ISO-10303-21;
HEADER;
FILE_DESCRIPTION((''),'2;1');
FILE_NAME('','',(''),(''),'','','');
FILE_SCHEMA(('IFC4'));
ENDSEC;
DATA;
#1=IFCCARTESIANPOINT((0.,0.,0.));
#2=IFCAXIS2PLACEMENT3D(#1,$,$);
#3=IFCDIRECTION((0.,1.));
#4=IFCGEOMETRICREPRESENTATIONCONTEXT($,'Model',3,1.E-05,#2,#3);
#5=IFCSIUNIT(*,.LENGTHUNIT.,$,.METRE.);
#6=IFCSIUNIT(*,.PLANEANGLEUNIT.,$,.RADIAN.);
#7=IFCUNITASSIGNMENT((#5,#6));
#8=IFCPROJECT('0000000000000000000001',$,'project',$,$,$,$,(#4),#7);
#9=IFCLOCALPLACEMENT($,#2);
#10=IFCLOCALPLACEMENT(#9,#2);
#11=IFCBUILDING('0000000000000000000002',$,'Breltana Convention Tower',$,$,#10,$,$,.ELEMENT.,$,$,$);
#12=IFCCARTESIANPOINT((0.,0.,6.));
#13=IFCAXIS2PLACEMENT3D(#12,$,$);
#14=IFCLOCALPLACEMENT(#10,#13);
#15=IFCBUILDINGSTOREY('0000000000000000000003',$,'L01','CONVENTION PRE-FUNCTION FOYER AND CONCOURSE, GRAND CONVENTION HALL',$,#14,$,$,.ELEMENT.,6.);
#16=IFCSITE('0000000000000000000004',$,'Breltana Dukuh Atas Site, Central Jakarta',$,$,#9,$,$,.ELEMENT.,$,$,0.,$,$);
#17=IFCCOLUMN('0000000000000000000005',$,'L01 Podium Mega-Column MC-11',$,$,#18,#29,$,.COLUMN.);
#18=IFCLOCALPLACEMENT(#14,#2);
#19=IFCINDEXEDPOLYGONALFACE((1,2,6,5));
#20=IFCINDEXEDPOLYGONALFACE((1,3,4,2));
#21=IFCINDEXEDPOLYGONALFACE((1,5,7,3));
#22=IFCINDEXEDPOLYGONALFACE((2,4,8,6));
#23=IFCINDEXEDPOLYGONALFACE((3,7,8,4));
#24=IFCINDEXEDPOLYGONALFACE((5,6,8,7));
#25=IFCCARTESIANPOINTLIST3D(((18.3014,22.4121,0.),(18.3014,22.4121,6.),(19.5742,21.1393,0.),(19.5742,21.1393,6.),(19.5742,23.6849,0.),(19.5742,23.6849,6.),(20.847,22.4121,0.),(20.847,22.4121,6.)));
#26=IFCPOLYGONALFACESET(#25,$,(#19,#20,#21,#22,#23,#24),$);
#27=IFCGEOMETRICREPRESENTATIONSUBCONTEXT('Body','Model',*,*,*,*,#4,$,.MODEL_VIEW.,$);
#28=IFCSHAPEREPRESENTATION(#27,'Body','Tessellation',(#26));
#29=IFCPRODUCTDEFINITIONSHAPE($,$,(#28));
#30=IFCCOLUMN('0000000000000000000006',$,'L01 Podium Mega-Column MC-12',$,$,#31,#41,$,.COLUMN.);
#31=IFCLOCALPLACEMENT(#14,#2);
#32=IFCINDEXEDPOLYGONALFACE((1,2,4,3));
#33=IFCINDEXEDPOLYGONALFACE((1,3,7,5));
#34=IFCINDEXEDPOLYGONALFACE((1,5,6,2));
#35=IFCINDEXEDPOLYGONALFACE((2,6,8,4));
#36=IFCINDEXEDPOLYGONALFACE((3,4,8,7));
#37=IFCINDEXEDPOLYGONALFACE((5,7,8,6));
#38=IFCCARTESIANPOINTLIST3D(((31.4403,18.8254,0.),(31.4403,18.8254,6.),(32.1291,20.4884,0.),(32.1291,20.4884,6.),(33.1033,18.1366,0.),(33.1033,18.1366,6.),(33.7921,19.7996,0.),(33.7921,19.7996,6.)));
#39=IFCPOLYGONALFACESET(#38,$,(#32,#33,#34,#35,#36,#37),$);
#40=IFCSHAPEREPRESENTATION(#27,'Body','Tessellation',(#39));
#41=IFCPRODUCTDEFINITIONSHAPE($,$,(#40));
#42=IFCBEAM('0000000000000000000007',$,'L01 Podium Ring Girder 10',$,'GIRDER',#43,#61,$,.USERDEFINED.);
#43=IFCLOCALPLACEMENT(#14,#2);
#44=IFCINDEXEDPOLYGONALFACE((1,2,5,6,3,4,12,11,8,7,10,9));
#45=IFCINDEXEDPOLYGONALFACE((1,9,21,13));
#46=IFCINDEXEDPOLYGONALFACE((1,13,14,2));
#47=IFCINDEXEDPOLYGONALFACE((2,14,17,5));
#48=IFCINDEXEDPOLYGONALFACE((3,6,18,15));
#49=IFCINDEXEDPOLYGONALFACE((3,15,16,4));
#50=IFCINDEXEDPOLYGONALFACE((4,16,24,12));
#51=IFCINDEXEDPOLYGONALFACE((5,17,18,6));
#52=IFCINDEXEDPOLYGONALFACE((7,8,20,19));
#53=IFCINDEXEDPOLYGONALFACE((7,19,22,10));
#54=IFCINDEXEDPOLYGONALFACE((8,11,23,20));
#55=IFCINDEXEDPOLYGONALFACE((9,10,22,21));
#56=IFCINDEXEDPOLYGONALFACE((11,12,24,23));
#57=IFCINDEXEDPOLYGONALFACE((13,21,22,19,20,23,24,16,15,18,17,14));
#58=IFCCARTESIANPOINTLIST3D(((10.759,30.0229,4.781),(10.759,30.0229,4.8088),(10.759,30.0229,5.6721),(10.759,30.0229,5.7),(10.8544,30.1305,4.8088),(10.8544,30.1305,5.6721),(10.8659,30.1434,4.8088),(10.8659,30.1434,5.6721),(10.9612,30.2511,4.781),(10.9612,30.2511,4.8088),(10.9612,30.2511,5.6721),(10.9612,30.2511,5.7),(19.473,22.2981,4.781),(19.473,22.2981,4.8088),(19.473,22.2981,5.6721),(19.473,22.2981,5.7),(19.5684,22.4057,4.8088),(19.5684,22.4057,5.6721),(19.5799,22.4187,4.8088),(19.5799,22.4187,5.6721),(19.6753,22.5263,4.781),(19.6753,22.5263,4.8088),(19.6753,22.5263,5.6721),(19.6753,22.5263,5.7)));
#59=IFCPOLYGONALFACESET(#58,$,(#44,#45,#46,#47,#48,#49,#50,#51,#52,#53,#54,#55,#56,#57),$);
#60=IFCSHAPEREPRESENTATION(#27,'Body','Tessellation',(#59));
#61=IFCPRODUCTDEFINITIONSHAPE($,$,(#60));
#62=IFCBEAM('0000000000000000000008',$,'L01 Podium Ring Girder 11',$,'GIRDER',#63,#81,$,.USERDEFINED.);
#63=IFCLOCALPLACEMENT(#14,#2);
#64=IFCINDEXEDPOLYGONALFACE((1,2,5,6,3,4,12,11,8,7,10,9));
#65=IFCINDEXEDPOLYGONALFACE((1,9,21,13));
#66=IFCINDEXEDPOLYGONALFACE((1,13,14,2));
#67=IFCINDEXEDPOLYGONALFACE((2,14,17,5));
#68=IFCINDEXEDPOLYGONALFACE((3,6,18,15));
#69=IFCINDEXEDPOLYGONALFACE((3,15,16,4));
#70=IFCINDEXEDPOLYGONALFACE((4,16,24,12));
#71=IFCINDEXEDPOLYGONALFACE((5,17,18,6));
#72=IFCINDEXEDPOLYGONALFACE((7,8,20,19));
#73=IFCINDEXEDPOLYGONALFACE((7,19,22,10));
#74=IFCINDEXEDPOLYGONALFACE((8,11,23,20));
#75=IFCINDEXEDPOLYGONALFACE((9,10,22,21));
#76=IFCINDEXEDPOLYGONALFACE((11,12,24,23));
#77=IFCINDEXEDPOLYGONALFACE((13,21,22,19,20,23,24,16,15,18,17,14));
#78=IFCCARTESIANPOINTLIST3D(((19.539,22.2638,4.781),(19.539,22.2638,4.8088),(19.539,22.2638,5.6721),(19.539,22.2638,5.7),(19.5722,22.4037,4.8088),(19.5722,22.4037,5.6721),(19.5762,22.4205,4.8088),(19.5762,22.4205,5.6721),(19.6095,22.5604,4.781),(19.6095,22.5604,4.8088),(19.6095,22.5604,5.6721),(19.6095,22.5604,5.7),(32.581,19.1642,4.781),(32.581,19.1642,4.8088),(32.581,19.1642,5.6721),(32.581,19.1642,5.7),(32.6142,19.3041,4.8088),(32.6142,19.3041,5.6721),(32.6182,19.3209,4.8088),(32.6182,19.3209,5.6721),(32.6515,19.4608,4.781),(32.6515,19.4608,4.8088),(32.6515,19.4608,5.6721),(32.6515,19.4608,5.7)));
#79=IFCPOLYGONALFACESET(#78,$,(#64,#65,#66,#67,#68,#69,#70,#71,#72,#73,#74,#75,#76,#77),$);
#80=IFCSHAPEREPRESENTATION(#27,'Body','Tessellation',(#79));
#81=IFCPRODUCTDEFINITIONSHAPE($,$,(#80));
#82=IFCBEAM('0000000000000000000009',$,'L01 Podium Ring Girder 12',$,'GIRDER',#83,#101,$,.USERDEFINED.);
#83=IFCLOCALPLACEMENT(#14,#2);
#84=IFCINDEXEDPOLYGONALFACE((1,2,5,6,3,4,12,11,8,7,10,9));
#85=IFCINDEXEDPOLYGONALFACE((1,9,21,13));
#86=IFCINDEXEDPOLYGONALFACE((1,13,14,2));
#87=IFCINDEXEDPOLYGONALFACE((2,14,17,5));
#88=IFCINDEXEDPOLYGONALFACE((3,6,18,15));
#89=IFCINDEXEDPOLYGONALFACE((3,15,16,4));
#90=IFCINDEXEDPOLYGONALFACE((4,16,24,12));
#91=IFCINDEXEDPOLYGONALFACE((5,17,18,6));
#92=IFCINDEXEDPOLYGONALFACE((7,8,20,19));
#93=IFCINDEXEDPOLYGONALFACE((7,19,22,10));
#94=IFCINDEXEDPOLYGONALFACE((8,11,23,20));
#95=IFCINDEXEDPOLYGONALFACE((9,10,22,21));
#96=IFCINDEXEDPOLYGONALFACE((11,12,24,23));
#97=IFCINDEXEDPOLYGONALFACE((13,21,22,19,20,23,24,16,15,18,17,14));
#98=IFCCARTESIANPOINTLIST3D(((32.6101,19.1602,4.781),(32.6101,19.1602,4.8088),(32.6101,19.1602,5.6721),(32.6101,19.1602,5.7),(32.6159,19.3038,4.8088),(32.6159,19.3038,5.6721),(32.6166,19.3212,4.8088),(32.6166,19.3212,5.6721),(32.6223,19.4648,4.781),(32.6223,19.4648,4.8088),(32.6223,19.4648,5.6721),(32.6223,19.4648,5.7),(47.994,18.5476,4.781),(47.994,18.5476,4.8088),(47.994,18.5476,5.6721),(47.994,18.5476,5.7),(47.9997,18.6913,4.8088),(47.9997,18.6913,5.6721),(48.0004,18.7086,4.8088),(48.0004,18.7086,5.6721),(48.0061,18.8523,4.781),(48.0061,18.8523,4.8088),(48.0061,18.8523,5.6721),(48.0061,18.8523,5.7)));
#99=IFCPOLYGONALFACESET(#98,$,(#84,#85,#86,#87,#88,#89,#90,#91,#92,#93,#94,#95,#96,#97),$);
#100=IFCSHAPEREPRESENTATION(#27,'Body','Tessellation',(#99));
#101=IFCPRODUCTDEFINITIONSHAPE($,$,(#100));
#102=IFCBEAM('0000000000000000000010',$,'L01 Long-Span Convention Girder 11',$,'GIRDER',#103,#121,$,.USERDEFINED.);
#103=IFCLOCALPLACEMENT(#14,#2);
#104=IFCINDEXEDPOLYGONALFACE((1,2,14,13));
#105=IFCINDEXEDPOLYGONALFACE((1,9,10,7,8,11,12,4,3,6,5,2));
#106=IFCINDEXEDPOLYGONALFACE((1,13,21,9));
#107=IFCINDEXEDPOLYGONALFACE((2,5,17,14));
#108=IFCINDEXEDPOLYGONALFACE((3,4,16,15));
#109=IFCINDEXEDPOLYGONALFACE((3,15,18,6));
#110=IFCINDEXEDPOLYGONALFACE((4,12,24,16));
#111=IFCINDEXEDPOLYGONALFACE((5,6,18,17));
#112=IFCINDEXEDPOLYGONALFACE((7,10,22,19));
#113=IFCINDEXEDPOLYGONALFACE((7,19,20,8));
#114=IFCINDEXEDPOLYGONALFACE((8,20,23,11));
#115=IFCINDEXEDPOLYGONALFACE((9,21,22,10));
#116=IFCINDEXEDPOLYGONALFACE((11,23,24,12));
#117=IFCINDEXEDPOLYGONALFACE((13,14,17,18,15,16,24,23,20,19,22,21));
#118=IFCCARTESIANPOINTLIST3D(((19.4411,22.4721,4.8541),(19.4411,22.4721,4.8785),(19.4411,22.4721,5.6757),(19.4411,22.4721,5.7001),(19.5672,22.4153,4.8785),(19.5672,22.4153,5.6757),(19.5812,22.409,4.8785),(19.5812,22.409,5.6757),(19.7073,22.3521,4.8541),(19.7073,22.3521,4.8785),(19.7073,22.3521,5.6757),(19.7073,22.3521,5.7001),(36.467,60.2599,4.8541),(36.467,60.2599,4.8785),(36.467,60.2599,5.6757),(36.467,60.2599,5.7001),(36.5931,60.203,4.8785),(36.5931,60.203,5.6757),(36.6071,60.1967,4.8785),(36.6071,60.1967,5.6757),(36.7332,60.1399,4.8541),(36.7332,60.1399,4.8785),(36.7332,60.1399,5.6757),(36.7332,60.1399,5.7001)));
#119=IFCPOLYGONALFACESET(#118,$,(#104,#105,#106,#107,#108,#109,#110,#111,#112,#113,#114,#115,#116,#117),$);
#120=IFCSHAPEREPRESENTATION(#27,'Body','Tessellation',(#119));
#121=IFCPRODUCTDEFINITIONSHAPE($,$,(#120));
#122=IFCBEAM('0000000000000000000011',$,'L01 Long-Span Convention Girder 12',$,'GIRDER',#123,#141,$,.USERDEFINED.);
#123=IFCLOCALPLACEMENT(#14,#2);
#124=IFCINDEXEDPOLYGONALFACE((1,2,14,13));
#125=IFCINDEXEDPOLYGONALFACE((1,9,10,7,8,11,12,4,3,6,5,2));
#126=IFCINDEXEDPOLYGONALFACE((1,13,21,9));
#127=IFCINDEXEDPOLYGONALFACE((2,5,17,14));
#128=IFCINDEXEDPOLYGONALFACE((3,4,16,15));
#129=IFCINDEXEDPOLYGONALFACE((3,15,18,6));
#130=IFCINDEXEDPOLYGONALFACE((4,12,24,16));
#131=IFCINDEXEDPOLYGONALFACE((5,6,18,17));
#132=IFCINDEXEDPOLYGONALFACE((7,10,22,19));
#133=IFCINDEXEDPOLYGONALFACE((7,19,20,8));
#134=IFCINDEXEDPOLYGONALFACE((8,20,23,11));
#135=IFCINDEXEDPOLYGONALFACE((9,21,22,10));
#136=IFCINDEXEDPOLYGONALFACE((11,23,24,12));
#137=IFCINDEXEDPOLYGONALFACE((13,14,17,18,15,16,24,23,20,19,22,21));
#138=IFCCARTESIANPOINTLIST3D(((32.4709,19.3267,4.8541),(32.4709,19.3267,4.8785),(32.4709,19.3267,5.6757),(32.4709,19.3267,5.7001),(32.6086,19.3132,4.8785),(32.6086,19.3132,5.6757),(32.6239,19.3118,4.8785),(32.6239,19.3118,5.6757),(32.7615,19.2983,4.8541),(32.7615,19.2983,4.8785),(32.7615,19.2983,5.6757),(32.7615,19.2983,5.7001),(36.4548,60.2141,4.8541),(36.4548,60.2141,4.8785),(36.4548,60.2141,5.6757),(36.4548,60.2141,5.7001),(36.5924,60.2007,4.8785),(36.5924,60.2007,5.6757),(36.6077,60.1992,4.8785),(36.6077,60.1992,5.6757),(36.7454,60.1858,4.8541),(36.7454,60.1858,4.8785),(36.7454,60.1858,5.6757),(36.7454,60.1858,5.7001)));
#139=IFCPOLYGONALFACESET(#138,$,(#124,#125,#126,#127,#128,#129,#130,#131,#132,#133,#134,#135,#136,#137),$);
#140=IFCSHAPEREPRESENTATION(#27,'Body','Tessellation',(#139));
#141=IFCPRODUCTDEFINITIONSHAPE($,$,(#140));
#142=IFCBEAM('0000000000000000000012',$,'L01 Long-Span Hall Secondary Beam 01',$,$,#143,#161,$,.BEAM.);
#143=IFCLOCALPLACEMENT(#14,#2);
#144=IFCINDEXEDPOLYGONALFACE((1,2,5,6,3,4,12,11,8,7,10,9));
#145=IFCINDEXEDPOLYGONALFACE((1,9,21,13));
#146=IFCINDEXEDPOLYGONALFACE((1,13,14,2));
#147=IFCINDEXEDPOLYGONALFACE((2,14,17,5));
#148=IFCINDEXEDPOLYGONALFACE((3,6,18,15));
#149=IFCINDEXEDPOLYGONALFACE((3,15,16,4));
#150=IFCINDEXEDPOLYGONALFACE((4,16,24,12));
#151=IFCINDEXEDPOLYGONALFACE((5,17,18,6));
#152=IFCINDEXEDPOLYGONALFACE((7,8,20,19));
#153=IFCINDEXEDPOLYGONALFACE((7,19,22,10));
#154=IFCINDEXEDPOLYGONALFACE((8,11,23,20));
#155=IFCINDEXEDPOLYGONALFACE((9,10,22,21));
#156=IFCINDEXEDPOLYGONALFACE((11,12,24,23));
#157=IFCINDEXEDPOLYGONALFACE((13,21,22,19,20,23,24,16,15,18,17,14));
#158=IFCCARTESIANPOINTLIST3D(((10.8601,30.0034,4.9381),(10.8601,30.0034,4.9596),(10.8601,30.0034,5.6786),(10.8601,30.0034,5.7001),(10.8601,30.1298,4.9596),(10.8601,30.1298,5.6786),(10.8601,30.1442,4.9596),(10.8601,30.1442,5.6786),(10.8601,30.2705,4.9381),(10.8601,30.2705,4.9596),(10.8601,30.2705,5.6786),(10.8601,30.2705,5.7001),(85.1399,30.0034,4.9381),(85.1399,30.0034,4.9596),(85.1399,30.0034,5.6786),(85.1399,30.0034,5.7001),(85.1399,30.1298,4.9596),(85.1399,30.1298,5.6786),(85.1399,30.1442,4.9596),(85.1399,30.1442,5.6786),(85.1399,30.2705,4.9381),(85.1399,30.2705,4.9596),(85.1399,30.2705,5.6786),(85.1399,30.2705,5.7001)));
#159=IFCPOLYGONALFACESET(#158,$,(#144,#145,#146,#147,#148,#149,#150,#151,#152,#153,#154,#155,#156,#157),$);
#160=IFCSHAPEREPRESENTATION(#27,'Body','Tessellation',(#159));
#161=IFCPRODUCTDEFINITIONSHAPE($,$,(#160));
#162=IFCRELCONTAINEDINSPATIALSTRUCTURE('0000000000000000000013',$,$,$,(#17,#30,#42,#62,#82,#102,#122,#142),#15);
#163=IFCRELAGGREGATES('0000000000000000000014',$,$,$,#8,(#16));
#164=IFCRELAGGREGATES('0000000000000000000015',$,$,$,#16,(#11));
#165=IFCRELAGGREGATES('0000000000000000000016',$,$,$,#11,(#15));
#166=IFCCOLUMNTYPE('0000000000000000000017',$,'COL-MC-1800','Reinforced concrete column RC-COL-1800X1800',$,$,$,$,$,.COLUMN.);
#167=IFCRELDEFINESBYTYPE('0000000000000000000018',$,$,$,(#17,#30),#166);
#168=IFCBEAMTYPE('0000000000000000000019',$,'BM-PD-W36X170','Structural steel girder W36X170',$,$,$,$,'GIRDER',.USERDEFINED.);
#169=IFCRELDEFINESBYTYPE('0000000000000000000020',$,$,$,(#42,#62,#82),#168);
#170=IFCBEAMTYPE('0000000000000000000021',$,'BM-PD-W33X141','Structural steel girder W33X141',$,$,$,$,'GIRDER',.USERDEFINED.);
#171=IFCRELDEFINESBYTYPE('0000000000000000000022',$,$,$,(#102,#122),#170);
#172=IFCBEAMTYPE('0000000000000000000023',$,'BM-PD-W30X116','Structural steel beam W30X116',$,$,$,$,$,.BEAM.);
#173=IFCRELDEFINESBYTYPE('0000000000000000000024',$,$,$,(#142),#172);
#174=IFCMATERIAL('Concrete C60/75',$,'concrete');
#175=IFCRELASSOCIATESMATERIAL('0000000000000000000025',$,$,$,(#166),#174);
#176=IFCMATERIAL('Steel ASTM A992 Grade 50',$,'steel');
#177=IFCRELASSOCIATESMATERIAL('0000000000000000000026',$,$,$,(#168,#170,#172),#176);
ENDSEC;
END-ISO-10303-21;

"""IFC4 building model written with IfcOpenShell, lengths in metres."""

from ifc_helpers import new_model, si_unit, direction, frame, origin, origin_2d, place, context, subcontext, project, spatial, rectangle, i_section, extrude, source, transform, mapped, material, material_profile, profile_set, type_object, type_shapes, element, save


model = new_model("IFC4")

# Units and contexts
model_context = context("Model", 3, precision=1e-05, world=origin(), true_north=direction((0.0, 1.0)))
body_context = subcontext(model_context, "Body", "Model", "MODEL_VIEW")
ifc_project = project(units=[si_unit("LENGTHUNIT", "METRE"), si_unit("PLANEANGLEUNIT", "RADIAN")], contexts=[model_context])

# Site, building, storey
site_placement = place(None, origin())
site = spatial("IfcSite", under=ifc_project, at=site_placement, Name="Breltana Dukuh Atas Site, Central Jakarta", CompositionType="ELEMENT", RefElevation=0.0)
building_placement = place(site_placement, origin())
building = spatial("IfcBuilding", under=site, at=building_placement, Name="Breltana Convention Tower", CompositionType="ELEMENT")
storey_placement = place(building_placement, frame((0.0, 0.0, 6.0)))
storey = spatial("IfcBuildingStorey", under=building, at=storey_placement, Name="L01", Description="CONVENTION PRE-FUNCTION FOYER AND CONCOURSE, GRAND CONVENTION HALL", CompositionType="ELEMENT", Elevation=6.0)

# Columns
ifc_material_1 = material(Name="Concrete C60/75", Category="concrete")
ifc_material_profile_1 = material_profile(ifc_material_1, rectangle(XDim=1.8, YDim=1.8, at=origin_2d()), Name="RC-COL-1800X1800")
ifc_profile_set_1 = profile_set([ifc_material_profile_1], Name="Concrete C60/75")
column_type = type_object("IfcColumnType", Name="COL-MC-1800", Description="Reinforced concrete column RC-COL-1800X1800", PredefinedType="COLUMN", material=ifc_profile_set_1)
shared_shape_1 = source(origin(), body_context, "Body", "SweptSolid", [
    extrude(rectangle(XDim=1.8, YDim=1.8, at=origin_2d()), origin(), (0.0, 0.0, 1.0), 6.0),
])
type_shapes(column_type, [shared_shape_1])
for number, where, z_axis, x_axis, name in (
    (1, (19.5742, 22.4121, 0.0), (0.0, 0.0, 1.0), (-0.707107, -0.707107, 0.0), "L01 Podium Mega-Column MC-11"),
    (2, (32.6162, 19.3125, 0.0), (0.0, 0.0, 1.0), (-0.382683, -0.92388, 0.0), "L01 Podium Mega-Column MC-12"),
):
    element("IfcColumn", number, at=place(storey_placement, frame(where, z_axis=z_axis, x_axis=x_axis)), inside=storey, type_object=column_type, Name=name, PredefinedType="COLUMN", context=body_context, shape_type="MappedRepresentation", body=[
        mapped(shared_shape_1, transform((0.0, 0.0, 0.0), scale=1.0)),
    ])

# Beams
ifc_material_2 = material(Name="Steel ASTM A992 Grade 50", Category="steel")
ifc_material_profile_2 = material_profile(ifc_material_2, i_section(OverallWidth=0.3049, OverallDepth=0.9189, WebThickness=0.0173, FlangeThickness=0.0278, at=origin_2d()), Name="W36X170")
ifc_profile_set_2 = profile_set([ifc_material_profile_2], Name="Steel ASTM A992 Grade 50")
beam_type_1 = type_object("IfcBeamType", Name="BM-PD-W36X170", Description="Structural steel girder W36X170", ElementType="GIRDER", PredefinedType="USERDEFINED", material=ifc_profile_set_2)
shared_shape_2 = source(origin(), body_context, "Body", "SweptSolid", [
    extrude(i_section(OverallWidth=0.3049, OverallDepth=0.9189, WebThickness=0.0173, FlangeThickness=0.0278, at=origin_2d()), origin(), (0.0, 0.0, 1.0), 11.645),
])
beam_1_placement = place(storey_placement, frame((10.8601, 30.137, 5.2405), z_axis=(0.748305, -0.663355, 0.0), x_axis=(0.663355, 0.748305, 0.0)))
element("IfcBeam", 3, at=beam_1_placement, inside=storey, type_object=beam_type_1, Name="L01 Podium Ring Girder 10", ObjectType="GIRDER", PredefinedType="USERDEFINED", context=body_context, shape_type="MappedRepresentation", body=[
    mapped(shared_shape_2, transform((0.0, 0.0, 0.0), scale=1.0)),
])
shared_shape_3 = source(origin(), body_context, "Body", "SweptSolid", [
    extrude(i_section(OverallWidth=0.3049, OverallDepth=0.9189, WebThickness=0.0173, FlangeThickness=0.0278, at=origin_2d()), origin(), (0.0, 0.0, 1.0), 13.4053),
])
beam_2_placement = place(storey_placement, frame((19.5742, 22.4121, 5.2405), z_axis=(0.972901, -0.231223, 0.0), x_axis=(0.231223, 0.972901, 0.0)))
element("IfcBeam", 4, at=beam_2_placement, inside=storey, type_object=beam_type_1, Name="L01 Podium Ring Girder 11", ObjectType="GIRDER", PredefinedType="USERDEFINED", context=body_context, shape_type="MappedRepresentation", body=[
    mapped(shared_shape_3, transform((0.0, 0.0, 0.0), scale=1.0)),
])
shared_shape_4 = source(origin(), body_context, "Body", "SweptSolid", [
    extrude(i_section(OverallWidth=0.3049, OverallDepth=0.9189, WebThickness=0.0173, FlangeThickness=0.0278, at=origin_2d()), origin(), (0.0, 0.0, 1.0), 15.396),
])
beam_3_placement = place(storey_placement, frame((32.6162, 19.3125, 5.2405), z_axis=(0.999208, -0.039786, 0.0), x_axis=(0.039786, 0.999208, 0.0)))
element("IfcBeam", 5, at=beam_3_placement, inside=storey, type_object=beam_type_1, Name="L01 Podium Ring Girder 12", ObjectType="GIRDER", PredefinedType="USERDEFINED", context=body_context, shape_type="MappedRepresentation", body=[
    mapped(shared_shape_4, transform((0.0, 0.0, 0.0), scale=1.0)),
])
ifc_material_profile_3 = material_profile(ifc_material_2, i_section(OverallWidth=0.292, OverallDepth=0.8459, WebThickness=0.0154, FlangeThickness=0.0244, at=origin_2d()), Name="W33X141")
ifc_profile_set_3 = profile_set([ifc_material_profile_3], Name="Steel ASTM A992 Grade 50")
beam_type_2 = type_object("IfcBeamType", Name="BM-PD-W33X141", Description="Structural steel girder W33X141", ElementType="GIRDER", PredefinedType="USERDEFINED", material=ifc_profile_set_3)
shared_shape_5 = source(origin(), body_context, "Body", "SweptSolid", [
    extrude(i_section(OverallWidth=0.292, OverallDepth=0.8459, WebThickness=0.0154, FlangeThickness=0.0244, at=origin_2d()), origin(), (0.0, 0.0, 1.0), 41.4463),
])
beam_4_placement = place(storey_placement, frame((19.5742, 22.4121, 5.2771), z_axis=(0.410793, 0.911729, 0.0), x_axis=(-0.911729, 0.410793, 0.0)))
element("IfcBeam", 6, at=beam_4_placement, inside=storey, type_object=beam_type_2, Name="L01 Long-Span Convention Girder 11", ObjectType="GIRDER", PredefinedType="USERDEFINED", context=body_context, shape_type="MappedRepresentation", body=[
    mapped(shared_shape_5, transform((0.0, 0.0, 0.0), scale=1.0)),
])
shared_shape_6 = source(origin(), body_context, "Body", "SweptSolid", [
    extrude(i_section(OverallWidth=0.292, OverallDepth=0.8459, WebThickness=0.0154, FlangeThickness=0.0244, at=origin_2d()), origin(), (0.0, 0.0, 1.0), 41.0811),
])
beam_5_placement = place(storey_placement, frame((32.6162, 19.3125, 5.2771), z_axis=(0.096976, 0.995287, 0.0), x_axis=(-0.995287, 0.096976, 0.0)))
element("IfcBeam", 7, at=beam_5_placement, inside=storey, type_object=beam_type_2, Name="L01 Long-Span Convention Girder 12", ObjectType="GIRDER", PredefinedType="USERDEFINED", context=body_context, shape_type="MappedRepresentation", body=[
    mapped(shared_shape_6, transform((0.0, 0.0, 0.0), scale=1.0)),
])
ifc_material_profile_4 = material_profile(ifc_material_2, i_section(OverallWidth=0.2671, OverallDepth=0.762, WebThickness=0.0144, FlangeThickness=0.0215, at=origin_2d()), Name="W30X116")
ifc_profile_set_4 = profile_set([ifc_material_profile_4], Name="Steel ASTM A992 Grade 50")
beam_type_3 = type_object("IfcBeamType", Name="BM-PD-W30X116", Description="Structural steel beam W30X116", PredefinedType="BEAM", material=ifc_profile_set_4)
shared_shape_7 = source(origin(), body_context, "Body", "SweptSolid", [
    extrude(i_section(OverallWidth=0.2671, OverallDepth=0.762, WebThickness=0.0144, FlangeThickness=0.0215, at=origin_2d()), origin(), (0.0, 0.0, 1.0), 74.2798),
])
type_shapes(beam_type_3, [shared_shape_7])
beam_6_placement = place(storey_placement, frame((10.8601, 30.137, 5.3191), z_axis=(1.0, 0.0, 0.0), x_axis=(0.0, 1.0, 0.0)))
element("IfcBeam", 8, at=beam_6_placement, inside=storey, type_object=beam_type_3, Name="L01 Long-Span Hall Secondary Beam 01", PredefinedType="BEAM", context=body_context, shape_type="MappedRepresentation", body=[
    mapped(shared_shape_7, transform((0.0, 0.0, 0.0), scale=1.0)),
])

save(model, "model.ifc")
